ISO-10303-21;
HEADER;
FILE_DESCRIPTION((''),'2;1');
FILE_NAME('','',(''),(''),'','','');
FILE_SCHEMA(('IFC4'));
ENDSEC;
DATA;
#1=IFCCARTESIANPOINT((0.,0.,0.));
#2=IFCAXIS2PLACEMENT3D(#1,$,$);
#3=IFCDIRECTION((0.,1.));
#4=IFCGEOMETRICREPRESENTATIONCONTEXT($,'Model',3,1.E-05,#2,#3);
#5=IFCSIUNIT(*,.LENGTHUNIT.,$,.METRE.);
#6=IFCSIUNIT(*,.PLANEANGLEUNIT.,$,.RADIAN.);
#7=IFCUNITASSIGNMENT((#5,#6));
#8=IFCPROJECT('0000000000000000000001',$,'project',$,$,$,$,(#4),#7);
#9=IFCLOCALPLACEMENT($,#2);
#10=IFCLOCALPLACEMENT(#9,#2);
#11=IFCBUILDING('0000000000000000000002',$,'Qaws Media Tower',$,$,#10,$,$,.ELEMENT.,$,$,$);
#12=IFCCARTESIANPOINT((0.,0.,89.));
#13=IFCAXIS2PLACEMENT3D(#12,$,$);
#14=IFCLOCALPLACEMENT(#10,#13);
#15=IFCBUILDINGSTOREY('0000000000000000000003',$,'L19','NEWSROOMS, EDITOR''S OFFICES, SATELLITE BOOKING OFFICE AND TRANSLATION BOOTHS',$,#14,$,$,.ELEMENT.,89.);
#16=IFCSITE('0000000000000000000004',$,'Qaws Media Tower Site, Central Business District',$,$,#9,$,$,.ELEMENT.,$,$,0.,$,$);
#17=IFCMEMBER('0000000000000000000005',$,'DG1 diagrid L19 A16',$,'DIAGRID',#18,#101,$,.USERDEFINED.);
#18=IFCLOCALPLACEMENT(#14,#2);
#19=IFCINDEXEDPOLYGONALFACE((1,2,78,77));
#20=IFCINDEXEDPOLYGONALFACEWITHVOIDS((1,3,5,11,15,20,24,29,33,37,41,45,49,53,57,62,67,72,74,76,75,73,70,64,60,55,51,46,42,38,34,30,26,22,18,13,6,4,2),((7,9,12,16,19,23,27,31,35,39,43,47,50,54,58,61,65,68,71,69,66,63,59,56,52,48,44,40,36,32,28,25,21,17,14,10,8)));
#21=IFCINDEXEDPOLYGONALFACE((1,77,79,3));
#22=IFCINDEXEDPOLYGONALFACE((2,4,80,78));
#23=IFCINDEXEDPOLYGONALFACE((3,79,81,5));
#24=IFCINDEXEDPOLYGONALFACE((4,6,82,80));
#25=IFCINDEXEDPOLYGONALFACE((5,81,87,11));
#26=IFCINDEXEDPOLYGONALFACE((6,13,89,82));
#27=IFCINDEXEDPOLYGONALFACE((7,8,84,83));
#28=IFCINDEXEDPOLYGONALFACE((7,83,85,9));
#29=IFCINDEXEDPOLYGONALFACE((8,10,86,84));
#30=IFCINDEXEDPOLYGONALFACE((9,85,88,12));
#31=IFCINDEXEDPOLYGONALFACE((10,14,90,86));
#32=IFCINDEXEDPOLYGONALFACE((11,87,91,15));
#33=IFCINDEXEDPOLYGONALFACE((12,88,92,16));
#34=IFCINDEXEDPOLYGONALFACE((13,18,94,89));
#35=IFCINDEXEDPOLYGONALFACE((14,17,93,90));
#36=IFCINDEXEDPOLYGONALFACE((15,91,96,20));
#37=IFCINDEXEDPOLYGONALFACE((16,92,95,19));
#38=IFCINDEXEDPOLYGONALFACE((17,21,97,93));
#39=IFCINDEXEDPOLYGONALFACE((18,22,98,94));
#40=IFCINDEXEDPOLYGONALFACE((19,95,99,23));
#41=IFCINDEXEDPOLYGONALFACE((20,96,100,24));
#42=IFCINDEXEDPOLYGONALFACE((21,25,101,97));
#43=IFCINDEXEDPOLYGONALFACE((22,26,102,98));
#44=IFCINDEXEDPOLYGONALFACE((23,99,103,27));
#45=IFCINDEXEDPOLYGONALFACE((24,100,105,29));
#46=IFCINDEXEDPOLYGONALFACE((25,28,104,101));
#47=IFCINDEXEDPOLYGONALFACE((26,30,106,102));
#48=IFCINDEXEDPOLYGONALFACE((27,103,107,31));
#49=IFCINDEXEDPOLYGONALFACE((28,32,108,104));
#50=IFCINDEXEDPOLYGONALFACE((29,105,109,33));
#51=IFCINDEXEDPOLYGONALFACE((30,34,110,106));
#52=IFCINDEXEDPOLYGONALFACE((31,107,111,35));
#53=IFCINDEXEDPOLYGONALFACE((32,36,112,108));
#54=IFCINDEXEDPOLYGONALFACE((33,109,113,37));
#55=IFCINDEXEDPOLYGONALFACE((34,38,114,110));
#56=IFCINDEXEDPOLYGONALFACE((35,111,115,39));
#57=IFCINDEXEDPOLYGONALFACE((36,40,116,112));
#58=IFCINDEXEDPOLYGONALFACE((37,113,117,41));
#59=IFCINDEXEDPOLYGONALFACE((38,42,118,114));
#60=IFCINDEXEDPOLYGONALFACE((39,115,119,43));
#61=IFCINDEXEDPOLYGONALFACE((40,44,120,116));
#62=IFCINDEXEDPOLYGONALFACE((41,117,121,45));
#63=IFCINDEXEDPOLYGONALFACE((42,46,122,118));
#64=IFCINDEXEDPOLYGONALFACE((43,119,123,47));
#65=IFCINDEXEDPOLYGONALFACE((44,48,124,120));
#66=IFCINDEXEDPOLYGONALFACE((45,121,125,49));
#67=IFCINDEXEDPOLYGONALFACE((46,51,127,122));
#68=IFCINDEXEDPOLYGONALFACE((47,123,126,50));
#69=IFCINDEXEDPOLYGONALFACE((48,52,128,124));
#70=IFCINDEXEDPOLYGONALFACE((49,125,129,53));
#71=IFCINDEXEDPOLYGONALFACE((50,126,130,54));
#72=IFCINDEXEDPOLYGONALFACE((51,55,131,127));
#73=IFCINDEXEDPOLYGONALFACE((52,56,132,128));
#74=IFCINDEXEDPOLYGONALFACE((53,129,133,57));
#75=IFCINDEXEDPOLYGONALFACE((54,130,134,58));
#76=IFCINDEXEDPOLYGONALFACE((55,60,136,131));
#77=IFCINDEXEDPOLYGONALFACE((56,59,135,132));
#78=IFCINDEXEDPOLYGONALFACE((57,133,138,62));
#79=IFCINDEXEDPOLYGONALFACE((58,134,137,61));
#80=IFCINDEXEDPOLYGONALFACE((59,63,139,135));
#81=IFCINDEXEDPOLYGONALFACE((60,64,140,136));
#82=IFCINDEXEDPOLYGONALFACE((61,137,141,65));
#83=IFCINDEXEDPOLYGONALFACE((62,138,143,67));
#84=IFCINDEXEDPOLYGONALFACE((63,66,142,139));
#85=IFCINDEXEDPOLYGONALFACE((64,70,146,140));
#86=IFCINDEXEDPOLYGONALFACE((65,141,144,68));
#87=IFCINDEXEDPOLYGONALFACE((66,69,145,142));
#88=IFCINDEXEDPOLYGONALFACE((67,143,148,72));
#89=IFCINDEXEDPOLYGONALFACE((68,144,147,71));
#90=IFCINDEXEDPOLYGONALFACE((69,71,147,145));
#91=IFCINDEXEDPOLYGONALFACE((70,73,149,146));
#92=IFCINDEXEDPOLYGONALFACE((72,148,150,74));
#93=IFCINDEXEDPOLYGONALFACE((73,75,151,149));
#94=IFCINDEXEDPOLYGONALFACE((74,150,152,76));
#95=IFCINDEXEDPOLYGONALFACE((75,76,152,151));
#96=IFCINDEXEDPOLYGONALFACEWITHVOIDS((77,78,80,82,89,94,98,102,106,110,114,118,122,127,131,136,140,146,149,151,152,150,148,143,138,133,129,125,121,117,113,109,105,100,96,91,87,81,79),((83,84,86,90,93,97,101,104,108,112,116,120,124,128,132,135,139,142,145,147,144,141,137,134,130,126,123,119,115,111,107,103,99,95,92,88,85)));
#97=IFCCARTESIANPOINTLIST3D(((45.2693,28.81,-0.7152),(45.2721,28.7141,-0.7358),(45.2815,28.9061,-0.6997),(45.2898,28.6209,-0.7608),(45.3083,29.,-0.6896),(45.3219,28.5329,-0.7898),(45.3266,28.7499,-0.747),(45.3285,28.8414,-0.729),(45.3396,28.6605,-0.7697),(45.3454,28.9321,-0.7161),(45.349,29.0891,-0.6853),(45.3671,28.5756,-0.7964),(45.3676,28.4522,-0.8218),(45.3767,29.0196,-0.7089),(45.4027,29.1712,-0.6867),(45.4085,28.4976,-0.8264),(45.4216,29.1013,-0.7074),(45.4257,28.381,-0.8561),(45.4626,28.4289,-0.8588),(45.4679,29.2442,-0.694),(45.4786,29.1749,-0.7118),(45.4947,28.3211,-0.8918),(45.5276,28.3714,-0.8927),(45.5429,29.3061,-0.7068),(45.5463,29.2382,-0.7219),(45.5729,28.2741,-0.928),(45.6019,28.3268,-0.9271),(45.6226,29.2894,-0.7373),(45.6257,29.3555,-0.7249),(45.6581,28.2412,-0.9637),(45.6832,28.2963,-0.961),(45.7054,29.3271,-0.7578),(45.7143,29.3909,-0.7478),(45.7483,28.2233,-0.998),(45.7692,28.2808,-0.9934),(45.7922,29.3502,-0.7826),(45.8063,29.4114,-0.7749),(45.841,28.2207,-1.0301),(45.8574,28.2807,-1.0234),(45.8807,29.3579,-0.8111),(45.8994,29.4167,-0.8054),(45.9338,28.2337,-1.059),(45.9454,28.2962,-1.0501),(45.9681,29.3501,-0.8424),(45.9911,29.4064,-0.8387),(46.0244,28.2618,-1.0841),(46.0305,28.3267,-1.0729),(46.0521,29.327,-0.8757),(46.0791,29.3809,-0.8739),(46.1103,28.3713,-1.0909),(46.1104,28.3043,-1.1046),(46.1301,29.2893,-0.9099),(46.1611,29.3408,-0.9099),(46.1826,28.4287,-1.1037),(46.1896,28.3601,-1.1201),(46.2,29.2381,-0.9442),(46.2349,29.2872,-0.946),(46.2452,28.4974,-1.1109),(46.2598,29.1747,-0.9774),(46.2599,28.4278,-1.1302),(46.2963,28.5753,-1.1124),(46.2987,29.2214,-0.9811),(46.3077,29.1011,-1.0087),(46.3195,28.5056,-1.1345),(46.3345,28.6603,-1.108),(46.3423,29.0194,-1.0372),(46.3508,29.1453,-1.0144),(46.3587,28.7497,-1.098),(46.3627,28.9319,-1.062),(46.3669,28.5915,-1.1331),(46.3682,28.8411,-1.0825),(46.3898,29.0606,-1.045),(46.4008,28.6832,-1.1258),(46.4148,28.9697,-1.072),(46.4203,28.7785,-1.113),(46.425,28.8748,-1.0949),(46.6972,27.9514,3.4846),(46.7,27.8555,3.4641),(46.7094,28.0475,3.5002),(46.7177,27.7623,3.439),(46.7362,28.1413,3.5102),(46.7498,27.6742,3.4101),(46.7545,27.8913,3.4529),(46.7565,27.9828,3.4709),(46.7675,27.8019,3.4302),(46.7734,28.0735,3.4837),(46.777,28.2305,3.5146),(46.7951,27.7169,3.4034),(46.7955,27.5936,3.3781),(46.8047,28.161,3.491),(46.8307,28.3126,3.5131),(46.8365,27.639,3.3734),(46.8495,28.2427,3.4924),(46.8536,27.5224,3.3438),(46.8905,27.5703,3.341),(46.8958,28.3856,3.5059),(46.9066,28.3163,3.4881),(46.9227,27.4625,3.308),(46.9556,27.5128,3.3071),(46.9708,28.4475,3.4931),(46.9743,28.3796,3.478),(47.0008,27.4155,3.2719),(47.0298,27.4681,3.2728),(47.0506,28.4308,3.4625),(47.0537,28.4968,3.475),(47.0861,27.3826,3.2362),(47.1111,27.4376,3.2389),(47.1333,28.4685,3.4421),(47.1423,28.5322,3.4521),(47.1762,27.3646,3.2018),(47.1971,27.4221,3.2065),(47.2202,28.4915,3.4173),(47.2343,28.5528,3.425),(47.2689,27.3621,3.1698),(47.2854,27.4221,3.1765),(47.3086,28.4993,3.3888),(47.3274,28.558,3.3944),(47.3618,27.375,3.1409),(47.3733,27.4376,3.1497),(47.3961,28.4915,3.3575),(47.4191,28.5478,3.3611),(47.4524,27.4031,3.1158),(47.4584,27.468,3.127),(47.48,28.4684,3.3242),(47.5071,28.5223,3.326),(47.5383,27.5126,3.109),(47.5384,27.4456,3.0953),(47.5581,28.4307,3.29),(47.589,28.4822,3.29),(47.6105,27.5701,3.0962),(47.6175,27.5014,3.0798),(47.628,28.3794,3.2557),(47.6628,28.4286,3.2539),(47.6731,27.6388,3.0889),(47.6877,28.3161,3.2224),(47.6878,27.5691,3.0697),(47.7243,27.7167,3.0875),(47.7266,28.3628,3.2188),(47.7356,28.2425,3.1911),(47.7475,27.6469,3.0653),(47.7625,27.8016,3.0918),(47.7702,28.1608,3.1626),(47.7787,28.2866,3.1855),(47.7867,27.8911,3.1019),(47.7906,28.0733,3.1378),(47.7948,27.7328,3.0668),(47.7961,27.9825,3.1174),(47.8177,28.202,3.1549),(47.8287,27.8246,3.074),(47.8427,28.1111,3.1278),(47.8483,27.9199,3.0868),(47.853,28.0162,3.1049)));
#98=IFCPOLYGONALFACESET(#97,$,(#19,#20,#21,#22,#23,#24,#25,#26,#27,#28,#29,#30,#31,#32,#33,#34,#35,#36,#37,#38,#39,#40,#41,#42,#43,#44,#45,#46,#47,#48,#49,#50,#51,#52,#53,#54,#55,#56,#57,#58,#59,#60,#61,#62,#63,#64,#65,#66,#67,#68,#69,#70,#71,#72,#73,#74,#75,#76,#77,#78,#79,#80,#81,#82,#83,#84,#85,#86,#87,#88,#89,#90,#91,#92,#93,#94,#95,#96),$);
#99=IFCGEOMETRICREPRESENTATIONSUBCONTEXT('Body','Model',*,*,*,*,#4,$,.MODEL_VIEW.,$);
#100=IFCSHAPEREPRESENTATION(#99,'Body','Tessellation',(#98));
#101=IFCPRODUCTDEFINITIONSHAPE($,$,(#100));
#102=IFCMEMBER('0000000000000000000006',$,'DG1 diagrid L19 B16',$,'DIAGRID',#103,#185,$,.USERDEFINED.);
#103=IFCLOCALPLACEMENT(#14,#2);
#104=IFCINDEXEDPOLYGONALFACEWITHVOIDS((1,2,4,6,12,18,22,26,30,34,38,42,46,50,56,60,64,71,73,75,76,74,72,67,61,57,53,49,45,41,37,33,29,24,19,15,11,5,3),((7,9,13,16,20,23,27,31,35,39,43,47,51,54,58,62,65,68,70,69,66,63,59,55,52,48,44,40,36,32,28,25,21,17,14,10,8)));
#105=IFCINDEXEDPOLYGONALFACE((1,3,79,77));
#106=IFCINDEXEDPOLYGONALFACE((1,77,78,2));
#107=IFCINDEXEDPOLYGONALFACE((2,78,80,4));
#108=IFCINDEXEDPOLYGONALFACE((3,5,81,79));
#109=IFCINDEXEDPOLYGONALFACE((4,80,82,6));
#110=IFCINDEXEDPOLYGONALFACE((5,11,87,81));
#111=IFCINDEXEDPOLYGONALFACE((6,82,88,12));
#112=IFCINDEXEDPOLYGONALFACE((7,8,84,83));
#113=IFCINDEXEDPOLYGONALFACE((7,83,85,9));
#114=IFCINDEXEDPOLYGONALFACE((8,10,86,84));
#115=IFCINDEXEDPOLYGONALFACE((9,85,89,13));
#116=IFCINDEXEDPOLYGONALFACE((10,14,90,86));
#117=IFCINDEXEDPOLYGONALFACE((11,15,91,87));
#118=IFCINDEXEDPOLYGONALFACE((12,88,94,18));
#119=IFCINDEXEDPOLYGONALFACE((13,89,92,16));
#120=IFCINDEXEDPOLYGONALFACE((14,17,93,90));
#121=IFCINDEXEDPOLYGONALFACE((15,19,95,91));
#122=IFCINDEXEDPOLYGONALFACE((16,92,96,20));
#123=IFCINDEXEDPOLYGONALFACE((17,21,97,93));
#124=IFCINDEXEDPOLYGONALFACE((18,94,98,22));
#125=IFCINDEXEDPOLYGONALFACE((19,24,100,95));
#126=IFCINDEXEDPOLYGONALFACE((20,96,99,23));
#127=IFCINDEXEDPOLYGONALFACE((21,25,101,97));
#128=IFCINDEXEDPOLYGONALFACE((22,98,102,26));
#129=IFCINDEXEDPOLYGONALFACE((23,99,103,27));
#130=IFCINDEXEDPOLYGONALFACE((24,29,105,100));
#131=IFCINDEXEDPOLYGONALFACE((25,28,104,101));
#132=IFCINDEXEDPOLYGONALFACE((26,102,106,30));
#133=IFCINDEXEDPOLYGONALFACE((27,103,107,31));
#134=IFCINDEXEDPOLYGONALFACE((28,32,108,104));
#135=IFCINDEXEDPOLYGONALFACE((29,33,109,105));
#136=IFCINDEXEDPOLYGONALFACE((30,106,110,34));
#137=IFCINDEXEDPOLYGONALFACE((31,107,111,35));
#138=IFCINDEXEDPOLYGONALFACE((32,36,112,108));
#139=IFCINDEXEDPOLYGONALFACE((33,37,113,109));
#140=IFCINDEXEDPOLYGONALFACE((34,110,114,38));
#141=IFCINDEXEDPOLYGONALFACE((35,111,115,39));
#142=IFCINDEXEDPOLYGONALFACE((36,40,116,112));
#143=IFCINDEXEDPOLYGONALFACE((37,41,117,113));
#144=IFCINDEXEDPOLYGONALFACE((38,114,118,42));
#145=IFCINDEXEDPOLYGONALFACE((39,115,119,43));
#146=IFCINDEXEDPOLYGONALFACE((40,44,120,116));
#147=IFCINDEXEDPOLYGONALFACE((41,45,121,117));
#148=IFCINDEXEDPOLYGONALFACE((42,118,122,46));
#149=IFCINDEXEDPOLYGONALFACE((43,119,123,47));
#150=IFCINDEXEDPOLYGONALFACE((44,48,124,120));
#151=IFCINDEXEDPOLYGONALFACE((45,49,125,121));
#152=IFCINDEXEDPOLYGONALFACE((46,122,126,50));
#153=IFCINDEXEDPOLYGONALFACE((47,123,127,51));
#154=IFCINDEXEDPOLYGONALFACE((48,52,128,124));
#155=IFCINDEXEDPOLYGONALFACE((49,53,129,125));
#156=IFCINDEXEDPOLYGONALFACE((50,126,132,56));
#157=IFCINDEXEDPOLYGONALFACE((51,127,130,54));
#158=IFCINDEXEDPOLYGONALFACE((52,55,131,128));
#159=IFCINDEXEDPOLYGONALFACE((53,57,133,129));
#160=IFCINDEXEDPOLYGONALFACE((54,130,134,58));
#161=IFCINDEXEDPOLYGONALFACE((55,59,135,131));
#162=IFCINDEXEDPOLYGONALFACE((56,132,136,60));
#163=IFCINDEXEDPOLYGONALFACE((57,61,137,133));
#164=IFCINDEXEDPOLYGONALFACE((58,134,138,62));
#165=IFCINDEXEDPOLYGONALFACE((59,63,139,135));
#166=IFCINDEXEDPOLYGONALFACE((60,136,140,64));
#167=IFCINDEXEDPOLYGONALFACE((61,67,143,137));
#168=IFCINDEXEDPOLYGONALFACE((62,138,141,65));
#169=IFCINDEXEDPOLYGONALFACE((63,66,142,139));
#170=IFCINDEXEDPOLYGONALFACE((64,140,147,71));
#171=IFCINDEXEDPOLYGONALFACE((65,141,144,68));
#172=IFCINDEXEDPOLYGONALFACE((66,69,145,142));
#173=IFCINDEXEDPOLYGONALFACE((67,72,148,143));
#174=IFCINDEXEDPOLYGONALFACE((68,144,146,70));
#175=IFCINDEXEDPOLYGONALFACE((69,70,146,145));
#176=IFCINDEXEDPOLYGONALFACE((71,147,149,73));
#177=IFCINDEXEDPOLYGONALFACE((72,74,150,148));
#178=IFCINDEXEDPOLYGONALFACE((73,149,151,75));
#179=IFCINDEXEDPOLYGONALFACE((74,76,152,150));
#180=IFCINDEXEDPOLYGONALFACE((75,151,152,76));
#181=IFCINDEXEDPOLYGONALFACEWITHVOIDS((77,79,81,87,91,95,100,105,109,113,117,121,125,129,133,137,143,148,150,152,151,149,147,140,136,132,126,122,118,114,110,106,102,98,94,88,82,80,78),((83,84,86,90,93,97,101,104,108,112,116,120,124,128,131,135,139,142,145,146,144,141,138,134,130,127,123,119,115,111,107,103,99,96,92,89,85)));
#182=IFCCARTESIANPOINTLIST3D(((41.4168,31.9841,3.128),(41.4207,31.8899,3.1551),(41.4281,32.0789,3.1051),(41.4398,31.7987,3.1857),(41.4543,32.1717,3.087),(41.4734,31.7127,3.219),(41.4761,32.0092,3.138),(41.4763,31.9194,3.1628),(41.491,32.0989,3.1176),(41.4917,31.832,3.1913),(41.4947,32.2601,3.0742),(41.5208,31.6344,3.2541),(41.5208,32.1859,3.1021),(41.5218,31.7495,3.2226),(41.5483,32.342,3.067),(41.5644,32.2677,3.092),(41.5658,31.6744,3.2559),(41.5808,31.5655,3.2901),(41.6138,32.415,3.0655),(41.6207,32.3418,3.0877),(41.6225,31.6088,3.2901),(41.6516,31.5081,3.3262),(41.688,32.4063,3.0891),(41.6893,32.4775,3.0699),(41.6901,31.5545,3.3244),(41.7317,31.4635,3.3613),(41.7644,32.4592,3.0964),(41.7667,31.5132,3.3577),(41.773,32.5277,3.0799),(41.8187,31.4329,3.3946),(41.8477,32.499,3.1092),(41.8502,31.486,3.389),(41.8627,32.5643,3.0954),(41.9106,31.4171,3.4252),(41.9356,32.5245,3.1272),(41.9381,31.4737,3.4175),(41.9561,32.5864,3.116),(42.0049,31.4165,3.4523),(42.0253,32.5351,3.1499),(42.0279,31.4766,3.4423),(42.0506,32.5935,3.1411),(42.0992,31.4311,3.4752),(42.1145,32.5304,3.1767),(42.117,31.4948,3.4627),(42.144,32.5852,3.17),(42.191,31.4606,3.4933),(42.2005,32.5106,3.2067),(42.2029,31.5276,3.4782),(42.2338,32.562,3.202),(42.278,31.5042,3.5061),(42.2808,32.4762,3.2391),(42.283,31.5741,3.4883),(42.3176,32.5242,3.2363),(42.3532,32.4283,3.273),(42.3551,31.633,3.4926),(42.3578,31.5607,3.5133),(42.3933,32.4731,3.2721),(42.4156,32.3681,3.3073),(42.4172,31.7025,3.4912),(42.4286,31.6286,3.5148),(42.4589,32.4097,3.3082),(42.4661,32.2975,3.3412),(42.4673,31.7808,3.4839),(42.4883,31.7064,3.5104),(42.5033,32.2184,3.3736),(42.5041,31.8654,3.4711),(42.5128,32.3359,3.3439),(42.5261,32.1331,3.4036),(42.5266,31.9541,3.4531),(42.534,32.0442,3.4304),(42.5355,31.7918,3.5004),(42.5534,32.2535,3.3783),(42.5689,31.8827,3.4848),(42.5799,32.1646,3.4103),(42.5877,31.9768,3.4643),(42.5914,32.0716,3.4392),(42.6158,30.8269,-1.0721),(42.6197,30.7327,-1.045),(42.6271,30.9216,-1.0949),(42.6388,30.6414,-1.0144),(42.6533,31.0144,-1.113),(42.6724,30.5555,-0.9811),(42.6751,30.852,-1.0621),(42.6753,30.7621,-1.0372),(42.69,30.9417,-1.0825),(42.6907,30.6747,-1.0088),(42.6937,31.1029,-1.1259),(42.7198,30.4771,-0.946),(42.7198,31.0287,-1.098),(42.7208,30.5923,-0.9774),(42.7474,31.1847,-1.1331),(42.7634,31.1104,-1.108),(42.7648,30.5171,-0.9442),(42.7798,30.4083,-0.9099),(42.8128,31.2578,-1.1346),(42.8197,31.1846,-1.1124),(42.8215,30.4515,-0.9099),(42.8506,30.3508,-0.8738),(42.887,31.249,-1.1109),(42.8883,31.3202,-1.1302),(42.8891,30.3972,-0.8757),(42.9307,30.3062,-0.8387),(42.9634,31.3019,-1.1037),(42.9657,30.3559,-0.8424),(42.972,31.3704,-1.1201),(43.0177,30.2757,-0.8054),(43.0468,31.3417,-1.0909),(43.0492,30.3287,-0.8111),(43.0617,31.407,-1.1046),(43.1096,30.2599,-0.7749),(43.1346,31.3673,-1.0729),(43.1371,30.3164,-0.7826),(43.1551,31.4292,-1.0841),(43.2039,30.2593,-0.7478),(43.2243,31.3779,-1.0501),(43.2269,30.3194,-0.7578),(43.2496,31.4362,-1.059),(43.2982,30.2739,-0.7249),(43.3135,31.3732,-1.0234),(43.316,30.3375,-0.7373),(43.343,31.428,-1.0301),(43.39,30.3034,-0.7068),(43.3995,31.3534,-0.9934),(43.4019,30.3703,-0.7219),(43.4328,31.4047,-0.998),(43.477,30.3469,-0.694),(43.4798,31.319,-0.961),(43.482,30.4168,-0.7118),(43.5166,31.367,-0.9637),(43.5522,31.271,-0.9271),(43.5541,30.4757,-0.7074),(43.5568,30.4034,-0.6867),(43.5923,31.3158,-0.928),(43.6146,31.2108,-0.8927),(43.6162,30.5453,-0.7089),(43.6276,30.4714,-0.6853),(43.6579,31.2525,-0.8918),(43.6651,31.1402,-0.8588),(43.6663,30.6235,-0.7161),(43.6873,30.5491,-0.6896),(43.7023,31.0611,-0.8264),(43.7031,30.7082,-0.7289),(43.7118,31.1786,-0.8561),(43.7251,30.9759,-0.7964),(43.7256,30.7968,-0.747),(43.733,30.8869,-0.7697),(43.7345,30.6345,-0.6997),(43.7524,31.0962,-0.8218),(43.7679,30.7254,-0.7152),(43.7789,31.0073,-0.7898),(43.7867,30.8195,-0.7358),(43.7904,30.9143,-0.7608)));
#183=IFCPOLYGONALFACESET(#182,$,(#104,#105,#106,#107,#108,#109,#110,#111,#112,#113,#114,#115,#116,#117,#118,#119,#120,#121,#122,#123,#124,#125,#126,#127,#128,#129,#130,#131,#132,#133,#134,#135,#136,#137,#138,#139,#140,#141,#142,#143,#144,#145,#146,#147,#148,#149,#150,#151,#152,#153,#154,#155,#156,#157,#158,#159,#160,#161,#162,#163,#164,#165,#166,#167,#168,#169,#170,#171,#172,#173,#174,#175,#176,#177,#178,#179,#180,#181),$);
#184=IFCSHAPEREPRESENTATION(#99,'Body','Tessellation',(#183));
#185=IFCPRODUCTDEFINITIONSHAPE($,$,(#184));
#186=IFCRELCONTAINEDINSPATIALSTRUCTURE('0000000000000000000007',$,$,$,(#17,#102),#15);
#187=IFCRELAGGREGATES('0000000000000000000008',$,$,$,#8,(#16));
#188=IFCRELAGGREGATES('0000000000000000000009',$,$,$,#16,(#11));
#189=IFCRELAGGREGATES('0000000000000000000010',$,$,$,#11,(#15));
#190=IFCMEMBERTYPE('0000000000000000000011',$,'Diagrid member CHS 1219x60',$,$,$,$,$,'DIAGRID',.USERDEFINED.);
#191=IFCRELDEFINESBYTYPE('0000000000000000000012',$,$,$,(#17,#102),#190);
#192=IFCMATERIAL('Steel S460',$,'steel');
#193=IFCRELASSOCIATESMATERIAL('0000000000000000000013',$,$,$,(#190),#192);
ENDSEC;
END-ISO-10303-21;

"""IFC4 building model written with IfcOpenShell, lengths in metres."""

from ifc_helpers import new_model, si_unit, direction, frame, origin, origin_2d, place, context, subcontext, project, spatial, hollow_circle, extrude, material, material_profile, profile_set, type_object, element, save


model = new_model("IFC4")

# Units and contexts
model_context = context("Model", 3, precision=1e-05, world=origin(), true_north=direction((0.0, 1.0)))
body_context = subcontext(model_context, "Body", "Model", "MODEL_VIEW")
ifc_project = project(units=[si_unit("LENGTHUNIT", "METRE"), si_unit("PLANEANGLEUNIT", "RADIAN")], contexts=[model_context])

# Site, building, storey
site_placement = place(None, origin())
site = spatial("IfcSite", under=ifc_project, at=site_placement, Name="Qaws Media Tower Site, Central Business District", CompositionType="ELEMENT", RefElevation=0.0)
building_placement = place(site_placement, origin())
building = spatial("IfcBuilding", under=site, at=building_placement, Name="Qaws Media Tower", CompositionType="ELEMENT")
storey_placement = place(building_placement, frame((0.0, 0.0, 89.0)))
storey = spatial("IfcBuildingStorey", under=building, at=storey_placement, Name="L19", Description="NEWSROOMS, EDITOR'S OFFICES, SATELLITE BOOKING OFFICE AND TRANSLATION BOOTHS", CompositionType="ELEMENT", Elevation=89.0)

# Members
ifc_material_1 = material(Name="Steel S460", Category="steel")
ifc_material_profile_1 = material_profile(ifc_material_1, hollow_circle(Radius=0.6096, WallThickness=0.0601, at=origin_2d()), Name="CHS 1219x60")
ifc_profile_set_1 = profile_set([ifc_material_profile_1], Name="Steel S460")
member_type_1 = type_object("IfcMemberType", Name="Diagrid member CHS 1219x60", ElementType="DIAGRID", PredefinedType="USERDEFINED", material=ifc_profile_set_1)
member_1_placement = place(storey_placement, frame((45.8469, 28.8184, -0.9099), z_axis=(0.316036, -0.190032, 0.929521), x_axis=(0.515314, 0.857001, 0.0)))
element("IfcMember", 1, at=member_1_placement, inside=storey, type_object=member_type_1, Name="DG1 diagrid L19 A16", ObjectType="DIAGRID", PredefinedType="USERDEFINED", context=body_context, shape_type="SweptSolid", body=[
    extrude(hollow_circle(Radius=0.6096, WallThickness=0.0601, at=origin_2d()), origin(), (0.0, 0.0, 1.0), 4.5183),
])
for number, where, z_axis, x_axis, name in (
    (2, (43.2031, 30.8469, -0.9099), (-0.265351, 0.256112, 0.929513), (-0.694469, -0.719523, 0.0), "DG1 diagrid L19 B16"),
):
    element("IfcMember", number, at=place(storey_placement, frame(where, z_axis=z_axis, x_axis=x_axis)), inside=storey, type_object=member_type_1, Name=name, ObjectType="DIAGRID", PredefinedType="USERDEFINED", context=body_context, shape_type="SweptSolid", body=[
        extrude(hollow_circle(Radius=0.6096, WallThickness=0.0601, at=origin_2d()), origin(), (0.0, 0.0, 1.0), 4.5186),
    ])

save(model, "model.ifc")
